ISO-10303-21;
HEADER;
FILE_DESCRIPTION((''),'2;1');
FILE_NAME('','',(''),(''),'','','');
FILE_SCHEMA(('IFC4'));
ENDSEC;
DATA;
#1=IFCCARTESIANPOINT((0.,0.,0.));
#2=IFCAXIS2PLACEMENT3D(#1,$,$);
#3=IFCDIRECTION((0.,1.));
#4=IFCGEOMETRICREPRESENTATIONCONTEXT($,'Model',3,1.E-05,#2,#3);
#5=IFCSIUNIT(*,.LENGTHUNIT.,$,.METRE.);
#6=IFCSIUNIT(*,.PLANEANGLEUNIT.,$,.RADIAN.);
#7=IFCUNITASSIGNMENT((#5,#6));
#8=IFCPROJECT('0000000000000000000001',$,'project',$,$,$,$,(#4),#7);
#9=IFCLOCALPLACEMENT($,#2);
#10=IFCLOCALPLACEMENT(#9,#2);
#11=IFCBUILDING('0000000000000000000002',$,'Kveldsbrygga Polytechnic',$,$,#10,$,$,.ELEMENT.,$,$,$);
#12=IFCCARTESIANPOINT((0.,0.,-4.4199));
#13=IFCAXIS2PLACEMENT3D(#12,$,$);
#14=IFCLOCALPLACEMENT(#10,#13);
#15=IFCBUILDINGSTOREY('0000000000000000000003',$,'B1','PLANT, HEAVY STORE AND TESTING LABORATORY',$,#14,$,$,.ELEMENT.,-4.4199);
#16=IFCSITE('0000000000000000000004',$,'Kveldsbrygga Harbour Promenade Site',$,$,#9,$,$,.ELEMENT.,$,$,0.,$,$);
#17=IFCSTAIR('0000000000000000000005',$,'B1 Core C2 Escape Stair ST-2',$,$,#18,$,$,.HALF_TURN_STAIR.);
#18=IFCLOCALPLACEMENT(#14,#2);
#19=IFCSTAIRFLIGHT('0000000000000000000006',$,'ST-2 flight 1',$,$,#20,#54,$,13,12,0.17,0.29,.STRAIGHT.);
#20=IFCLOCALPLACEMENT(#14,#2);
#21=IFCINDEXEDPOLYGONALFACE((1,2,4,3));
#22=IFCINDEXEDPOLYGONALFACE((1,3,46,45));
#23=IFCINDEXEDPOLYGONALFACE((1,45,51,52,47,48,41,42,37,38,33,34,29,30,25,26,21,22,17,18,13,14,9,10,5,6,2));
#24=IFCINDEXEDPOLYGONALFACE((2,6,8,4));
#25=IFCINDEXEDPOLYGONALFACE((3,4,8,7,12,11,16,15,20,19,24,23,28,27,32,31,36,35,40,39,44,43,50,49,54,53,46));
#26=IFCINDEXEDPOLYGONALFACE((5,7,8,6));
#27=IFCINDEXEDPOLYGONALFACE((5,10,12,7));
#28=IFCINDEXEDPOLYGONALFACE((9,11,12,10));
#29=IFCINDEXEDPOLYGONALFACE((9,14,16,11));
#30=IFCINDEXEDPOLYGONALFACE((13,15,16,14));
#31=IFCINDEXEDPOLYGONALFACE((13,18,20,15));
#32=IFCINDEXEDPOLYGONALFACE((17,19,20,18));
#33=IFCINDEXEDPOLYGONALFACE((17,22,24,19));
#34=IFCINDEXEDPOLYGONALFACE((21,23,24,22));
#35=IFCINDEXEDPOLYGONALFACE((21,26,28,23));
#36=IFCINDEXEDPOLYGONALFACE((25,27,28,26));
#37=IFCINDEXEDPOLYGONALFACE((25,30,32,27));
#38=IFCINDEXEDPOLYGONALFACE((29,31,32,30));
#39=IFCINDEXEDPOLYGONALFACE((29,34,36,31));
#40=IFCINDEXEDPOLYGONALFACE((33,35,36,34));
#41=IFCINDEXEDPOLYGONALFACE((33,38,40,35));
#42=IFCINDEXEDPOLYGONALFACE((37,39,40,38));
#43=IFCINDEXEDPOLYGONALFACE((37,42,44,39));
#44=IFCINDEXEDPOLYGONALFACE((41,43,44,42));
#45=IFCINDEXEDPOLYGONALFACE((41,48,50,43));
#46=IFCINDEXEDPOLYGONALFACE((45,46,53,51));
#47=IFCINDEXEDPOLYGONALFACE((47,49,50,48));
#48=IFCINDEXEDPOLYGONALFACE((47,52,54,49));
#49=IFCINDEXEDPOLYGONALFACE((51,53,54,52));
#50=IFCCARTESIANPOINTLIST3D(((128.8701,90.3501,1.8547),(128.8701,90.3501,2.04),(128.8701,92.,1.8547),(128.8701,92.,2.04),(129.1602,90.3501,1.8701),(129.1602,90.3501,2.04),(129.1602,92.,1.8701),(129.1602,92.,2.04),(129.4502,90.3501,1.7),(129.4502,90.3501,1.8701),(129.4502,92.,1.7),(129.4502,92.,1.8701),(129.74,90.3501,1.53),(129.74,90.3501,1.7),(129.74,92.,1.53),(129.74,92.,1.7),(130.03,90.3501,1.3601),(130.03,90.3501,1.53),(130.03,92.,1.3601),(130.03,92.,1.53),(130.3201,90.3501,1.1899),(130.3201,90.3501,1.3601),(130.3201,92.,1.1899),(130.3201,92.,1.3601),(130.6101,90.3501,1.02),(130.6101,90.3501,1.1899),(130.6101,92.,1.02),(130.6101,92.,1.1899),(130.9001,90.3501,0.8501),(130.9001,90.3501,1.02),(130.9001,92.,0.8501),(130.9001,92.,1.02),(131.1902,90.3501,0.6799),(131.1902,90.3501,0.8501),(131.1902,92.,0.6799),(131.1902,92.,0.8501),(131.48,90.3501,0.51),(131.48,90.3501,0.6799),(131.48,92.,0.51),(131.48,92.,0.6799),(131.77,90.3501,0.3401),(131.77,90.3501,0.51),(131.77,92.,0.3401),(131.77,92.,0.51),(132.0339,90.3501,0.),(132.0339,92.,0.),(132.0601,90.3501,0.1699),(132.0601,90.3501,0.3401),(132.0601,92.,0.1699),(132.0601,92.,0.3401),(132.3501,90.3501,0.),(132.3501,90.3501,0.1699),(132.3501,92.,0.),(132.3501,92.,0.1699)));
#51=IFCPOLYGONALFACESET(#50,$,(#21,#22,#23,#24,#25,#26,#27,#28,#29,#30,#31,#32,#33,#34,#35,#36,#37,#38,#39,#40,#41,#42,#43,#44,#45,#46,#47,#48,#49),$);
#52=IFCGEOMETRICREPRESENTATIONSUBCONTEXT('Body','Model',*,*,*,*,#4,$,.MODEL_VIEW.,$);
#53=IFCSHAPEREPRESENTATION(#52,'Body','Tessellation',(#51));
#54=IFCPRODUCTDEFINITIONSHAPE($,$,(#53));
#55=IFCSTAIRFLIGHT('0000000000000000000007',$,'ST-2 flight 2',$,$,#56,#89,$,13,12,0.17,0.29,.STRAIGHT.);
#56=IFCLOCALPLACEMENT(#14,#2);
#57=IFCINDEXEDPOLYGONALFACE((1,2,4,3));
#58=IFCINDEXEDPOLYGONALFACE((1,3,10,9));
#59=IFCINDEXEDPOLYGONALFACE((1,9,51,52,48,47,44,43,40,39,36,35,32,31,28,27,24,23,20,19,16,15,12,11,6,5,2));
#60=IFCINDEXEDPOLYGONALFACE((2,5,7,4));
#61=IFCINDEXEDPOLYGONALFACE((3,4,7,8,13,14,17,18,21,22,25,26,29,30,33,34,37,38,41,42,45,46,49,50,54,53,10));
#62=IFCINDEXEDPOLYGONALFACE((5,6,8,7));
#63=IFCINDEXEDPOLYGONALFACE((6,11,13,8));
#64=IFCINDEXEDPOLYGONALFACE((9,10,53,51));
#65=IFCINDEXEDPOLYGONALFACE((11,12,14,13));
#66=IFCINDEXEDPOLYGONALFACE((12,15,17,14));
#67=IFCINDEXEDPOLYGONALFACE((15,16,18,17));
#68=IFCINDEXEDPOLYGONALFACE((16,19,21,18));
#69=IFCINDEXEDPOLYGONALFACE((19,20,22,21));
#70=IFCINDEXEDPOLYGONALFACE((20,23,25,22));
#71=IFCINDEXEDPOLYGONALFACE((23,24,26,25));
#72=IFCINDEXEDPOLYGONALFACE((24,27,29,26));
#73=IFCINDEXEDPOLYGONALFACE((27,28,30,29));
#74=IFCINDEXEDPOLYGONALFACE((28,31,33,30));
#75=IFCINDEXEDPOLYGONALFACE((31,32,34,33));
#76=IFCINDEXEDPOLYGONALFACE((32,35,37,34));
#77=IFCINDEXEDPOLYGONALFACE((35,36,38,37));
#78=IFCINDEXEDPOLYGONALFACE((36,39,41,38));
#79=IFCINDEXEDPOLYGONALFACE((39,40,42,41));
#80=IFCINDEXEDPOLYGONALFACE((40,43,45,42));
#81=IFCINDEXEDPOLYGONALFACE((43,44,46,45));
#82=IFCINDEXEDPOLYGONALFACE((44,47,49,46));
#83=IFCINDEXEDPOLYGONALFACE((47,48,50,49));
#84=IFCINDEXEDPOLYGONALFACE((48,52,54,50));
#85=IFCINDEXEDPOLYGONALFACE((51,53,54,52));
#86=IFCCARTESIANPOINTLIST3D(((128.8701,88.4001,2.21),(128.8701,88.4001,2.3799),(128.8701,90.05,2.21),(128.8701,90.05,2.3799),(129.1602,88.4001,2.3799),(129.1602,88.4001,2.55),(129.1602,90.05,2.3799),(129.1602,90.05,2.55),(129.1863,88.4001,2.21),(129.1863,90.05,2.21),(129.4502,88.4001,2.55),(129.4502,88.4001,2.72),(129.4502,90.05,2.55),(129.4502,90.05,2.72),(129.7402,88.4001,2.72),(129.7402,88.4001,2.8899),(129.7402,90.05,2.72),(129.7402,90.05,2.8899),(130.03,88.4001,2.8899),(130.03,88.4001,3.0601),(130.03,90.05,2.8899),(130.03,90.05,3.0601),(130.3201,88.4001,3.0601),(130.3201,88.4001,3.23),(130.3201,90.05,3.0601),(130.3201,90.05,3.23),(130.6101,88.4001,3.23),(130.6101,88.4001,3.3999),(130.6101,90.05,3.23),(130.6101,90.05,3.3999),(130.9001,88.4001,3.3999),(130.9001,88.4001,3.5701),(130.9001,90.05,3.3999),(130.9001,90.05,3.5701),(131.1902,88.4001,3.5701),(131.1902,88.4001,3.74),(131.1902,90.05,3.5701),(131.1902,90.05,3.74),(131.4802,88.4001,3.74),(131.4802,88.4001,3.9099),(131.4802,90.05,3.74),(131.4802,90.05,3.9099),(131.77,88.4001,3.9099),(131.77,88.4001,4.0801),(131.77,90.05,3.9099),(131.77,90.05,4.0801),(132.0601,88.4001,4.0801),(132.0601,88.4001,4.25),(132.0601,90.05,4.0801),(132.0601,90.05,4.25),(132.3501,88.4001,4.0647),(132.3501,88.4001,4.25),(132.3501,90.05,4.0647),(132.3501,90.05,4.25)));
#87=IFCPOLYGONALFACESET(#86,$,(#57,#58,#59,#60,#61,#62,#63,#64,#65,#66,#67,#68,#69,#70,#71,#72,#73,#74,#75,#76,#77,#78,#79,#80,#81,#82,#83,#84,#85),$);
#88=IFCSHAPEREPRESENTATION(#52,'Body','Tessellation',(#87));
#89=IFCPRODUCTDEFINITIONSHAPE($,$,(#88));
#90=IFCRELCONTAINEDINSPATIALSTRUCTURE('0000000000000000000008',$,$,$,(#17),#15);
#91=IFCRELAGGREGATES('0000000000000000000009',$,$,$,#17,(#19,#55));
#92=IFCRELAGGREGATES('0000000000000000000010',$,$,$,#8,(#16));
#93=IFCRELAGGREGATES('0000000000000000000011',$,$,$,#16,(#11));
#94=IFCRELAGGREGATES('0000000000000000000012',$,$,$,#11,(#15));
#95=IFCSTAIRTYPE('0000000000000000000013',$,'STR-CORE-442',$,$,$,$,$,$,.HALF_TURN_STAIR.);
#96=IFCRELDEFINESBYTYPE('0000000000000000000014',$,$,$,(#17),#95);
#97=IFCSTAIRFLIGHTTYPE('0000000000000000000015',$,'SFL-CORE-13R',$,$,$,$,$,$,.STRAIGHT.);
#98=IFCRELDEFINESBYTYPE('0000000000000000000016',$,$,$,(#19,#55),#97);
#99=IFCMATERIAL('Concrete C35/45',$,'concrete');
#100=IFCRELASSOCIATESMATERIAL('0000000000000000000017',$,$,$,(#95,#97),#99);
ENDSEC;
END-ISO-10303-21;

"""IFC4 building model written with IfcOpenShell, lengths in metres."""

from ifc_helpers import new_model, si_unit, direction, frame, origin, place, context, subcontext, project, spatial, polyline, outline, extrude, material, type_object, element, aggregate, save


model = new_model("IFC4")

# Units and contexts
model_context = context("Model", 3, precision=1e-05, world=origin(), true_north=direction((0.0, 1.0)))
body_context = subcontext(model_context, "Body", "Model", "MODEL_VIEW")
ifc_project = project(units=[si_unit("LENGTHUNIT", "METRE"), si_unit("PLANEANGLEUNIT", "RADIAN")], contexts=[model_context])

# Site, building, storey
site_placement = place(None, origin())
site = spatial("IfcSite", under=ifc_project, at=site_placement, Name="Kveldsbrygga Harbour Promenade Site", CompositionType="ELEMENT", RefElevation=0.0)
building_placement = place(site_placement, origin())
building = spatial("IfcBuilding", under=site, at=building_placement, Name="Kveldsbrygga Polytechnic", CompositionType="ELEMENT")
storey_placement = place(building_placement, frame((0.0, 0.0, -4.4199)))
storey = spatial("IfcBuildingStorey", under=building, at=storey_placement, Name="B1", Description="PLANT, HEAVY STORE AND TESTING LABORATORY", CompositionType="ELEMENT", Elevation=-4.4199)

# Shared definitions
ifc_material_1 = material(Name="Concrete C35/45", Category="concrete")

# Stair, stair flights
stair_type = type_object("IfcStairType", Name="STR-CORE-442", PredefinedType="HALF_TURN_STAIR", material=ifc_material_1)
stair_placement = place(storey_placement, origin())
stair = element("IfcStair", 1, at=stair_placement, inside=storey, type_object=stair_type, Name="B1 Core C2 Escape Stair ST-2", PredefinedType="HALF_TURN_STAIR")
stair_flight_type = type_object("IfcStairFlightType", Name="SFL-CORE-13R", PredefinedType="STRAIGHT", material=ifc_material_1)
stair_flight_1_placement = place(storey_placement, frame((132.3501, 91.175, 0.0), z_axis=(0.0, 0.0, 1.0), x_axis=(-1.0, 0.0, 0.0)))
stair_flight_1 = element("IfcStairFlight", 2, at=stair_flight_1_placement, type_object=stair_flight_type, Name="ST-2 flight 1", NumberOfRisers=13, NumberOfTreads=12, PredefinedType="STRAIGHT", RiserHeight=0.17, TreadLength=0.29, context=body_context, shape_type="SweptSolid", body=[
    extrude(outline(polyline([(0.0, 0.0), (0.0, 0.1699), (0.29, 0.1699), (0.29, 0.3401), (0.5801, 0.3401), (0.5801, 0.51), (0.8701, 0.51), (0.8701, 0.6799), (1.1599, 0.6799), (1.1599, 0.8501), (1.45, 0.8501), (1.45, 1.02), (1.74, 1.02), (1.74, 1.1899), (2.03, 1.1899), (2.03, 1.3601), (2.3201, 1.3601), (2.3201, 1.53), (2.6101, 1.53), (2.6101, 1.7), (2.8999, 1.7), (2.8999, 1.8701), (3.1899, 1.8701), (3.1899, 2.04), (3.48, 2.04), (3.48, 2.21), (3.48, 1.8547), (0.3162, 0.0), (0.0, 0.0)])), frame((0.0, 0.825, 0.0), z_axis=(0.0, -1.0, 0.0), x_axis=(1.0, 0.0, 0.0)), (0.0, 0.0, 1.0), 1.6499),
])
stair_flight_2_placement = place(storey_placement, frame((128.8701, 89.2251, 2.21), z_axis=(0.0, 0.0, 1.0), x_axis=(1.0, 0.0, 0.0)))
stair_flight_2 = element("IfcStairFlight", 3, at=stair_flight_2_placement, type_object=stair_flight_type, Name="ST-2 flight 2", NumberOfRisers=13, NumberOfTreads=12, PredefinedType="STRAIGHT", RiserHeight=0.17, TreadLength=0.29, context=body_context, shape_type="SweptSolid", body=[
    extrude(outline(polyline([(0.0, 0.0), (0.0, 0.1699), (0.29, 0.1699), (0.29, 0.3401), (0.5801, 0.3401), (0.5801, 0.51), (0.8701, 0.51), (0.8701, 0.6799), (1.1599, 0.6799), (1.1599, 0.8501), (1.45, 0.8501), (1.45, 1.02), (1.74, 1.02), (1.74, 1.1899), (2.03, 1.1899), (2.03, 1.3601), (2.3201, 1.3601), (2.3201, 1.53), (2.6101, 1.53), (2.6101, 1.7), (2.8999, 1.7), (2.8999, 1.8701), (3.1899, 1.8701), (3.1899, 2.04), (3.48, 2.04), (3.48, 2.21), (3.48, 1.8547), (0.3162, 0.0), (0.0, 0.0)])), frame((0.0, 0.825, 0.0), z_axis=(0.0, -1.0, 0.0), x_axis=(1.0, 0.0, 0.0)), (0.0, 0.0, 1.0), 1.6499),
])
aggregate(stair, [stair_flight_1, stair_flight_2])

save(model, "model.ifc")
